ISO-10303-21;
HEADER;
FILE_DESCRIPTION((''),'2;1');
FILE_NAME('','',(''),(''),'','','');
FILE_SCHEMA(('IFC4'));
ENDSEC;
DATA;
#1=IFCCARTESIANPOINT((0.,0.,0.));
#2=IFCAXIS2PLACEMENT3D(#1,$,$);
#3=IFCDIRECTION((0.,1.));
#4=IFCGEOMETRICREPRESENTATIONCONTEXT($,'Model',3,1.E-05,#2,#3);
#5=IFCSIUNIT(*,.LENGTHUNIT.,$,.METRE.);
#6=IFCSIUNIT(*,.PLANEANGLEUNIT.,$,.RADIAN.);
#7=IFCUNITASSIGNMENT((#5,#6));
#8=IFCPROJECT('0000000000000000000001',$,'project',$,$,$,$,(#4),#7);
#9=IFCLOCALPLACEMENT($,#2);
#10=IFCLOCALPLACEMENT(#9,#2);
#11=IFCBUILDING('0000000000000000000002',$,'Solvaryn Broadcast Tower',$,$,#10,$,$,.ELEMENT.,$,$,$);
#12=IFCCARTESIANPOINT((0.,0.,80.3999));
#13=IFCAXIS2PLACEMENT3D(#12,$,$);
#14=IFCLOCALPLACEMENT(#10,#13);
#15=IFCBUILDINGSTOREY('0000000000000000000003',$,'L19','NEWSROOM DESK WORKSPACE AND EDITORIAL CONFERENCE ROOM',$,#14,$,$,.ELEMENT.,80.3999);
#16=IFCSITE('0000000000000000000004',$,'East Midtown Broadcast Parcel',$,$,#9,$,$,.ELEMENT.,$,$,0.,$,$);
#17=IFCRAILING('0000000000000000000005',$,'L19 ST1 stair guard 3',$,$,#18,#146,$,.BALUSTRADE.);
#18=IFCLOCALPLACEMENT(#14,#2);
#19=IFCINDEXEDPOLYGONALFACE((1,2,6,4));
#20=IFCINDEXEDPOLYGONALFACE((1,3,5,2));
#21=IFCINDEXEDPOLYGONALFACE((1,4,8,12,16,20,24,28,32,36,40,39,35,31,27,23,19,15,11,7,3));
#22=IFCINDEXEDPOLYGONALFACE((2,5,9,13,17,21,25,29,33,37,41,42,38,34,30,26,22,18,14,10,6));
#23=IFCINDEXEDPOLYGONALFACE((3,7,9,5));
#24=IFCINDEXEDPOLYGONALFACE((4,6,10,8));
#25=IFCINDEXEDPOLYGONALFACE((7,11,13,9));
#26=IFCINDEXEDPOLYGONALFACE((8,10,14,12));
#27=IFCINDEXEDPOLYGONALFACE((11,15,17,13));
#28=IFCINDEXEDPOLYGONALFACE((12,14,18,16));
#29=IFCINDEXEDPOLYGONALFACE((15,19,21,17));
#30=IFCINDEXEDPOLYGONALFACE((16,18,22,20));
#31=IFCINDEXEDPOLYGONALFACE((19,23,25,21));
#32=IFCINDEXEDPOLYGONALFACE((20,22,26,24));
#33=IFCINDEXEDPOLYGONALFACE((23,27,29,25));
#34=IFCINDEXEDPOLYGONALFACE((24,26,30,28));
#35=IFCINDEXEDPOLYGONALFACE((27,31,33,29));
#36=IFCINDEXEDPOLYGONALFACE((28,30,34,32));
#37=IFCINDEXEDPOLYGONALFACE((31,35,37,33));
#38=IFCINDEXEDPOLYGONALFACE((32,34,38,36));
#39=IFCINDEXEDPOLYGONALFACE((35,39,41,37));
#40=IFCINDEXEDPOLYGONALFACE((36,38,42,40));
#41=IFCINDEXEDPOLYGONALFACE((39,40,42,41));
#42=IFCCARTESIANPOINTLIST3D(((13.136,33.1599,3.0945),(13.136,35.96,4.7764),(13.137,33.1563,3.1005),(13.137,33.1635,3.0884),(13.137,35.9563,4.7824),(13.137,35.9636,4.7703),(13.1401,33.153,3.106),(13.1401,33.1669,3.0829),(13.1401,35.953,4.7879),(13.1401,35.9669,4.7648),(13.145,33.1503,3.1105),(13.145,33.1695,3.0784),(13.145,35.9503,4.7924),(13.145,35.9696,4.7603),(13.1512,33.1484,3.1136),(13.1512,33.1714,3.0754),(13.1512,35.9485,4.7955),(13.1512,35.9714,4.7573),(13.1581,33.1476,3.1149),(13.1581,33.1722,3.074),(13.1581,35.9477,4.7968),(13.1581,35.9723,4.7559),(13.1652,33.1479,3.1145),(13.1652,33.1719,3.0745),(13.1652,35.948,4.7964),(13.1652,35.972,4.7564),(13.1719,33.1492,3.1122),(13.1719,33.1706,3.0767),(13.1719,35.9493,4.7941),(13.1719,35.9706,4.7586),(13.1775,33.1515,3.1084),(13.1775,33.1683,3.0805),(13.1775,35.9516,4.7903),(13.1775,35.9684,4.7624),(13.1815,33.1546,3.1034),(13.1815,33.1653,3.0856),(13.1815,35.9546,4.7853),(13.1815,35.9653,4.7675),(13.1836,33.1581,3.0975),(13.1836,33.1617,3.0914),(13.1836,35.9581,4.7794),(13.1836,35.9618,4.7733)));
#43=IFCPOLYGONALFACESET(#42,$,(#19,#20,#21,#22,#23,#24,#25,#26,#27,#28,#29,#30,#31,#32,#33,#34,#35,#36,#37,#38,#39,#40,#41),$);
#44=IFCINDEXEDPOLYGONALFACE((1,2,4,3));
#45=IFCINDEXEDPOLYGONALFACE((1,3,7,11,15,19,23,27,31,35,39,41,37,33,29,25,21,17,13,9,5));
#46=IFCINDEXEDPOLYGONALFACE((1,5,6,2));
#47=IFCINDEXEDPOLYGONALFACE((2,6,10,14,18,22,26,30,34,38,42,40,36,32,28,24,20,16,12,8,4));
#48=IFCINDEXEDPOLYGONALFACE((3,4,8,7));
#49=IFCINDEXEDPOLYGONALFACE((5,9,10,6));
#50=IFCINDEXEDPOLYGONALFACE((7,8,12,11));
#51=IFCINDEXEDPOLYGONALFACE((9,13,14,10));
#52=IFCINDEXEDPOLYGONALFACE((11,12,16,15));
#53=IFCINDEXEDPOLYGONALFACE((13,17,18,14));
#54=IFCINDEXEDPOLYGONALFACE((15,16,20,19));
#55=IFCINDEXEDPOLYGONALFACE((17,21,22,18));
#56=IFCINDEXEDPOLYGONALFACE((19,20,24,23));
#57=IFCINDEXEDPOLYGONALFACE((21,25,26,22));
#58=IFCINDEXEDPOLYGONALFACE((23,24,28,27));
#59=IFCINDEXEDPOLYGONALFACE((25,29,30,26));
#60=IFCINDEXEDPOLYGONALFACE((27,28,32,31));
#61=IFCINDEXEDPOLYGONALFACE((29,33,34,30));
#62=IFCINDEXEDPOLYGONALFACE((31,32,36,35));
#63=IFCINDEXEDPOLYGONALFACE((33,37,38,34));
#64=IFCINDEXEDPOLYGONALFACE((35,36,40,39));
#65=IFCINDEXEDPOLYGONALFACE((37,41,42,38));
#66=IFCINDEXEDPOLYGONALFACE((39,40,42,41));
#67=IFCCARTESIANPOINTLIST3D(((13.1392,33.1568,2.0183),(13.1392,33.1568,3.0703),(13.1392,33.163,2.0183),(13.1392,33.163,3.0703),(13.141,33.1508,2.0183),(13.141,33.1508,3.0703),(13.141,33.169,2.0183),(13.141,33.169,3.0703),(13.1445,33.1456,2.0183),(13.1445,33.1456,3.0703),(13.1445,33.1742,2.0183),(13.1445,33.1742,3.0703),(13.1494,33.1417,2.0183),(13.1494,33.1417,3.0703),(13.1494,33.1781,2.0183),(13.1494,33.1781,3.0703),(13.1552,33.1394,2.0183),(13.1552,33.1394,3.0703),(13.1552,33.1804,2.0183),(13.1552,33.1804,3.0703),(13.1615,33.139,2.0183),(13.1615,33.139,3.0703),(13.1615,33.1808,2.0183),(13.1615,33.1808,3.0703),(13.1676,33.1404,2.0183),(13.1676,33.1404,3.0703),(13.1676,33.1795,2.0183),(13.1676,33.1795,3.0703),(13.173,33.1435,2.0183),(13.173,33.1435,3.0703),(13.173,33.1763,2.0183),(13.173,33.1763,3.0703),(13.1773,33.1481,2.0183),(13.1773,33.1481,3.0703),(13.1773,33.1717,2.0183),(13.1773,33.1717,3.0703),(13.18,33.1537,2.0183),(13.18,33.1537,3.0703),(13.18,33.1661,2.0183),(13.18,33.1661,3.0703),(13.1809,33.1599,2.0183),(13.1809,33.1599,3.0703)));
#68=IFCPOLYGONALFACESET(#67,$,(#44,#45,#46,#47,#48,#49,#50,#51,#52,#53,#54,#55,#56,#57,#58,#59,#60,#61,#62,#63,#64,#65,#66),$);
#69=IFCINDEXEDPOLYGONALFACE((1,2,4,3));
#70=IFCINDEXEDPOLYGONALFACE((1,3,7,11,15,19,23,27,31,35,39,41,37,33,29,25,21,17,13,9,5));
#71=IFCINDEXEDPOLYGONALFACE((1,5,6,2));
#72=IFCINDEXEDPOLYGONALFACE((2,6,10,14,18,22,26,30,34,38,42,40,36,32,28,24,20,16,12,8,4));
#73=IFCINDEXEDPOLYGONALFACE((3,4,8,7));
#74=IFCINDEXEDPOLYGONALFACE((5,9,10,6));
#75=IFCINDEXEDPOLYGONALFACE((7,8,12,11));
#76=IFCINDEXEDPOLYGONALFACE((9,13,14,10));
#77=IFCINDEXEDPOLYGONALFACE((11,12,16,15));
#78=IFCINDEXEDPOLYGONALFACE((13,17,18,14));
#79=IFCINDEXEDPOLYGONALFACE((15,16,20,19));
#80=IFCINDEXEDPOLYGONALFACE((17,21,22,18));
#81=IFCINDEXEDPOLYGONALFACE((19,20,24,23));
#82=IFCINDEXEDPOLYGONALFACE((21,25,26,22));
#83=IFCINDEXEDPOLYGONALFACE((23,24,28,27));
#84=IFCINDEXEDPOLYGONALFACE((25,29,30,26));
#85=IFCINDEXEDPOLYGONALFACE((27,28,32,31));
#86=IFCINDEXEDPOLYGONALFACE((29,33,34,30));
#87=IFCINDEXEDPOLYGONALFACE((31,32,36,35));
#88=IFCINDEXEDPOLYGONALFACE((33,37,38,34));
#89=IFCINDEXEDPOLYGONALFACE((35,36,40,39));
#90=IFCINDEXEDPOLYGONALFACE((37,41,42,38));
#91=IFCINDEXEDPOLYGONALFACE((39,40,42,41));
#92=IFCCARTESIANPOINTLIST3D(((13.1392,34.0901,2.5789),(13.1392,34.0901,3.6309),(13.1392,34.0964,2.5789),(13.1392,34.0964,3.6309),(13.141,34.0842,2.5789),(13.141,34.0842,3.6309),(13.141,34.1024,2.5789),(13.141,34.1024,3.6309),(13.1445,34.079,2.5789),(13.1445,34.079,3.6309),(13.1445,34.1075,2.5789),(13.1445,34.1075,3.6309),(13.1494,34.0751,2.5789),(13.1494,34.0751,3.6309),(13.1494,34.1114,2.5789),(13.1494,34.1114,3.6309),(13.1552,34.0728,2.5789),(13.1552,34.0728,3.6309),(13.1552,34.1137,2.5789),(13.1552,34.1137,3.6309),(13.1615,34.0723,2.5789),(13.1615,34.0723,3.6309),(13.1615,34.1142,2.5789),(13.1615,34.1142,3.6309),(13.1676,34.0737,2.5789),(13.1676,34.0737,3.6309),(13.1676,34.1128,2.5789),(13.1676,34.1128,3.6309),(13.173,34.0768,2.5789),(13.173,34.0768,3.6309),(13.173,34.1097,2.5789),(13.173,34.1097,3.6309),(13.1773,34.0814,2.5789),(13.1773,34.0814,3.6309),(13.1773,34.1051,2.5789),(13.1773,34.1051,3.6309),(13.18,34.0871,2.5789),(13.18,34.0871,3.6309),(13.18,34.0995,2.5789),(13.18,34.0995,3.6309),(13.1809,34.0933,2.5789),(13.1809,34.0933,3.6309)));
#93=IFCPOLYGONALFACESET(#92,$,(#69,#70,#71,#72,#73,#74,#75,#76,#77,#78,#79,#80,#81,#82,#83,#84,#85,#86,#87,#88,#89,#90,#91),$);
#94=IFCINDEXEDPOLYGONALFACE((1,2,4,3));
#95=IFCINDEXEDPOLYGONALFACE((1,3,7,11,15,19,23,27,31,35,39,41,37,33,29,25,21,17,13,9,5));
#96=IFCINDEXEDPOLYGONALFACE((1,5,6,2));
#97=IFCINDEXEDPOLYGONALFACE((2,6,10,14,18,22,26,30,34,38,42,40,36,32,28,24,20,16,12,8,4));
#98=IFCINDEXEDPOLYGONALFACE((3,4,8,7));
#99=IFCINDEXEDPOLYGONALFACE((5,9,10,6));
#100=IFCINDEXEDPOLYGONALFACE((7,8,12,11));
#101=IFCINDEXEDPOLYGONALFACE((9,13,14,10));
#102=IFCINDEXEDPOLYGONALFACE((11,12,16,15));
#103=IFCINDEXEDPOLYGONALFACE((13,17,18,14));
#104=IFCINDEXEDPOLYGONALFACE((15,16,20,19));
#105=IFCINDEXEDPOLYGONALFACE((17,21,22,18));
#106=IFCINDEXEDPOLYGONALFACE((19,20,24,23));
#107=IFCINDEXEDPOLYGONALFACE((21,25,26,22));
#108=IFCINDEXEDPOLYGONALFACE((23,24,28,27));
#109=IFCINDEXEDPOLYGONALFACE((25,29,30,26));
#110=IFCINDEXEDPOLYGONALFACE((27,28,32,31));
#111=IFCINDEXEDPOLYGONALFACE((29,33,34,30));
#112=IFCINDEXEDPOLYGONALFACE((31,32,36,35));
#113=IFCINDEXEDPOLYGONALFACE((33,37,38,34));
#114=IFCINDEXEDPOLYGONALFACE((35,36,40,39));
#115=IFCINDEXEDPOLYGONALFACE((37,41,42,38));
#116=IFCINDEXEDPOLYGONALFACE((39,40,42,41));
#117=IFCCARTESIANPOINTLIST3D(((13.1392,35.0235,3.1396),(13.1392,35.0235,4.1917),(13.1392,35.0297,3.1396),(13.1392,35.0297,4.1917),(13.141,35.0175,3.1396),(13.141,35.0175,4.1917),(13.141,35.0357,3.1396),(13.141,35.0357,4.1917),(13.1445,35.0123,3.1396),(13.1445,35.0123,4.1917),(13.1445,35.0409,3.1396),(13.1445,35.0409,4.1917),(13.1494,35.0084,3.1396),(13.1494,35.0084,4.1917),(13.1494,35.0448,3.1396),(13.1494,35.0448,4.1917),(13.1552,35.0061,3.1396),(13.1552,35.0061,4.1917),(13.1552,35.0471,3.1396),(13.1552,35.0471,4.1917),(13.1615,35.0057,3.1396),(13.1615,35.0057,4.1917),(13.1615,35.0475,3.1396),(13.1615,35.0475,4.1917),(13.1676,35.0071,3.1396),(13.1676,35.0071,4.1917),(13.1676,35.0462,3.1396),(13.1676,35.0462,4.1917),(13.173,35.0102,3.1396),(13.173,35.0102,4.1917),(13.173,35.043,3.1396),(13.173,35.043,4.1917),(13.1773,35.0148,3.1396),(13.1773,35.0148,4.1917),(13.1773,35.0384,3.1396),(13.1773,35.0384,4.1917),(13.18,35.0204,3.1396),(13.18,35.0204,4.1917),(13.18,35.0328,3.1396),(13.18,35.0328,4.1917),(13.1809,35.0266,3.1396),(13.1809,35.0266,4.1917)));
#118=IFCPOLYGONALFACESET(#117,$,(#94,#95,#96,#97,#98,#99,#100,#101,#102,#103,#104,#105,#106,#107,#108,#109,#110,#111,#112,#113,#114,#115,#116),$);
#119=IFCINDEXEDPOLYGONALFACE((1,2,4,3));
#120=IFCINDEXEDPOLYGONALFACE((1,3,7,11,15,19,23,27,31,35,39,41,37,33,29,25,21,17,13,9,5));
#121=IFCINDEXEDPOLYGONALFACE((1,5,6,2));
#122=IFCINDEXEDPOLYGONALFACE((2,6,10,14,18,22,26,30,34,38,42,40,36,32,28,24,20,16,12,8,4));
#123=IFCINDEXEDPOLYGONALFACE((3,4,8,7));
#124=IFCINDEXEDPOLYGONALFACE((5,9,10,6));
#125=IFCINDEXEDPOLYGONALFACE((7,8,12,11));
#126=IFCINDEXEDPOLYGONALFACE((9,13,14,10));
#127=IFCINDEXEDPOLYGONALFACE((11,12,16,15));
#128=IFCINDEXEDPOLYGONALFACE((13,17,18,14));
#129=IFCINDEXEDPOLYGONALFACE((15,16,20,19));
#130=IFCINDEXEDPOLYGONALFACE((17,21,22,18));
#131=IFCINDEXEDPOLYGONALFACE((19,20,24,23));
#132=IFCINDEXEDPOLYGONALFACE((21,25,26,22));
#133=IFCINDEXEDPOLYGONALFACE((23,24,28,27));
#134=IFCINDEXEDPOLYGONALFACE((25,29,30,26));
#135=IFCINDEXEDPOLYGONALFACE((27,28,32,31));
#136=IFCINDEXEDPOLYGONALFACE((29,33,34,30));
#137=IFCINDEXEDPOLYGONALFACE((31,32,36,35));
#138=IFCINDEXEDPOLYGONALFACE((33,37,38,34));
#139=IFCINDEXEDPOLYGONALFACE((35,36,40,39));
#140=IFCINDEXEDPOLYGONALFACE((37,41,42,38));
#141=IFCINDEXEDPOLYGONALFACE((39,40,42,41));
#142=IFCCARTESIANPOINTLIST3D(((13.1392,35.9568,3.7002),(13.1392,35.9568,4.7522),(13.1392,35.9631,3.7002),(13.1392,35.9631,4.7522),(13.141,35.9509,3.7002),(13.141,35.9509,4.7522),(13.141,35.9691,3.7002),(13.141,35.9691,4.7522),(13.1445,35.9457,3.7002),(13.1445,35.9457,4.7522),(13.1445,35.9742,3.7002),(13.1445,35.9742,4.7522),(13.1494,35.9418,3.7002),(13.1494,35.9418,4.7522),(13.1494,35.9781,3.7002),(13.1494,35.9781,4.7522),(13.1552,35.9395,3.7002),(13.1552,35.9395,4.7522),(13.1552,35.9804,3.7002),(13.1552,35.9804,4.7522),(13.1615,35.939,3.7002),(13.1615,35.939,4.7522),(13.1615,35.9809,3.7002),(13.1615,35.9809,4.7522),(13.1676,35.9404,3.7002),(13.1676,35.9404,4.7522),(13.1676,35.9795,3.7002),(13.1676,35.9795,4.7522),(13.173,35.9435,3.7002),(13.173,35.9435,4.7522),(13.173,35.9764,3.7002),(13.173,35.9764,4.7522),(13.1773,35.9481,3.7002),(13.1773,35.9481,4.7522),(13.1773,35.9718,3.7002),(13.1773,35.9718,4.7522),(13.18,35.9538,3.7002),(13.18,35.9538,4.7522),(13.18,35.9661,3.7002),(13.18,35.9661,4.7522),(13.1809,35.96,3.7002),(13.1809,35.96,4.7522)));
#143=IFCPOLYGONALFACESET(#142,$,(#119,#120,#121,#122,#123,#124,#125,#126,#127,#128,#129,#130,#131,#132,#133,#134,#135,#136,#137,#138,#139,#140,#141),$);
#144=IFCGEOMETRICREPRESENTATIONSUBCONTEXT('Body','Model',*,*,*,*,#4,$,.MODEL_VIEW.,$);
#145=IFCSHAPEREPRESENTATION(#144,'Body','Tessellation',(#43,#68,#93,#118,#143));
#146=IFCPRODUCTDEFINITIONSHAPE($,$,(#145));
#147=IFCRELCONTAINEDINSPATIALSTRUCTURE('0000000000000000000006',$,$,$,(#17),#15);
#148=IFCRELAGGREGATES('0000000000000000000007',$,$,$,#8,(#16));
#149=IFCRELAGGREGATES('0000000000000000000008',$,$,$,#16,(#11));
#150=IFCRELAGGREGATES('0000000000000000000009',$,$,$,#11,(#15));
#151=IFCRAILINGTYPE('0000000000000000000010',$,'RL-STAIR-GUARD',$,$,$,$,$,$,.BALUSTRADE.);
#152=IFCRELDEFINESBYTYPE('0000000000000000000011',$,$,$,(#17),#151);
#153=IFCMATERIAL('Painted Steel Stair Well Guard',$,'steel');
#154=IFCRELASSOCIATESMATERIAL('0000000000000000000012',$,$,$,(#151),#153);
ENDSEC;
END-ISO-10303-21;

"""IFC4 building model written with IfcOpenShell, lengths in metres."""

from ifc_helpers import new_model, si_unit, direction, frame, origin, origin_2d, place, context, subcontext, project, spatial, circle, extrude, material, type_object, element, save


model = new_model("IFC4")

# Units and contexts
model_context = context("Model", 3, precision=1e-05, world=origin(), true_north=direction((0.0, 1.0)))
body_context = subcontext(model_context, "Body", "Model", "MODEL_VIEW")
ifc_project = project(units=[si_unit("LENGTHUNIT", "METRE"), si_unit("PLANEANGLEUNIT", "RADIAN")], contexts=[model_context])

# Site, building, storey
site_placement = place(None, origin())
site = spatial("IfcSite", under=ifc_project, at=site_placement, Name="East Midtown Broadcast Parcel", CompositionType="ELEMENT", RefElevation=0.0)
building_placement = place(site_placement, origin())
building = spatial("IfcBuilding", under=site, at=building_placement, Name="Solvaryn Broadcast Tower", CompositionType="ELEMENT")
storey_placement = place(building_placement, frame((0.0, 0.0, 80.3999)))
storey = spatial("IfcBuildingStorey", under=building, at=storey_placement, Name="L19", Description="NEWSROOM DESK WORKSPACE AND EDITORIAL CONFERENCE ROOM", CompositionType="ELEMENT", Elevation=80.3999)

# Railing
ifc_material_1 = material(Name="Painted Steel Stair Well Guard", Category="steel")
railing_type_1 = type_object("IfcRailingType", Name="RL-STAIR-GUARD", PredefinedType="BALUSTRADE", material=ifc_material_1)
railing_1_placement = place(storey_placement, frame((13.1599, 33.1599, 2.0183)))
element("IfcRailing", 1, at=railing_1_placement, inside=storey, type_object=railing_type_1, Name="L19 ST1 stair guard 3", PredefinedType="BALUSTRADE", context=body_context, shape_type="SweptSolid", body=[
    extrude(circle(Radius=0.0239, at=origin_2d()), frame((0.0, 0.0, 1.0762), z_axis=(0.0, 0.857242, 0.514913), x_axis=(-1.0, 0.0, 0.0)), (0.0, 0.0, 1.0), 3.2664),
    extrude(circle(Radius=0.021, at=origin_2d()), origin(), (0.0, 0.0, 1.0), 1.052),
    extrude(circle(Radius=0.021, at=origin_2d()), frame((0.0, 0.9333, 0.5605)), (0.0, 0.0, 1.0), 1.052),
    extrude(circle(Radius=0.021, at=origin_2d()), frame((0.0, 1.8667, 1.1213)), (0.0, 0.0, 1.0), 1.052),
    extrude(circle(Radius=0.021, at=origin_2d()), frame((0.0, 2.8, 1.6819)), (0.0, 0.0, 1.0), 1.052),
])

save(model, "model.ifc")
